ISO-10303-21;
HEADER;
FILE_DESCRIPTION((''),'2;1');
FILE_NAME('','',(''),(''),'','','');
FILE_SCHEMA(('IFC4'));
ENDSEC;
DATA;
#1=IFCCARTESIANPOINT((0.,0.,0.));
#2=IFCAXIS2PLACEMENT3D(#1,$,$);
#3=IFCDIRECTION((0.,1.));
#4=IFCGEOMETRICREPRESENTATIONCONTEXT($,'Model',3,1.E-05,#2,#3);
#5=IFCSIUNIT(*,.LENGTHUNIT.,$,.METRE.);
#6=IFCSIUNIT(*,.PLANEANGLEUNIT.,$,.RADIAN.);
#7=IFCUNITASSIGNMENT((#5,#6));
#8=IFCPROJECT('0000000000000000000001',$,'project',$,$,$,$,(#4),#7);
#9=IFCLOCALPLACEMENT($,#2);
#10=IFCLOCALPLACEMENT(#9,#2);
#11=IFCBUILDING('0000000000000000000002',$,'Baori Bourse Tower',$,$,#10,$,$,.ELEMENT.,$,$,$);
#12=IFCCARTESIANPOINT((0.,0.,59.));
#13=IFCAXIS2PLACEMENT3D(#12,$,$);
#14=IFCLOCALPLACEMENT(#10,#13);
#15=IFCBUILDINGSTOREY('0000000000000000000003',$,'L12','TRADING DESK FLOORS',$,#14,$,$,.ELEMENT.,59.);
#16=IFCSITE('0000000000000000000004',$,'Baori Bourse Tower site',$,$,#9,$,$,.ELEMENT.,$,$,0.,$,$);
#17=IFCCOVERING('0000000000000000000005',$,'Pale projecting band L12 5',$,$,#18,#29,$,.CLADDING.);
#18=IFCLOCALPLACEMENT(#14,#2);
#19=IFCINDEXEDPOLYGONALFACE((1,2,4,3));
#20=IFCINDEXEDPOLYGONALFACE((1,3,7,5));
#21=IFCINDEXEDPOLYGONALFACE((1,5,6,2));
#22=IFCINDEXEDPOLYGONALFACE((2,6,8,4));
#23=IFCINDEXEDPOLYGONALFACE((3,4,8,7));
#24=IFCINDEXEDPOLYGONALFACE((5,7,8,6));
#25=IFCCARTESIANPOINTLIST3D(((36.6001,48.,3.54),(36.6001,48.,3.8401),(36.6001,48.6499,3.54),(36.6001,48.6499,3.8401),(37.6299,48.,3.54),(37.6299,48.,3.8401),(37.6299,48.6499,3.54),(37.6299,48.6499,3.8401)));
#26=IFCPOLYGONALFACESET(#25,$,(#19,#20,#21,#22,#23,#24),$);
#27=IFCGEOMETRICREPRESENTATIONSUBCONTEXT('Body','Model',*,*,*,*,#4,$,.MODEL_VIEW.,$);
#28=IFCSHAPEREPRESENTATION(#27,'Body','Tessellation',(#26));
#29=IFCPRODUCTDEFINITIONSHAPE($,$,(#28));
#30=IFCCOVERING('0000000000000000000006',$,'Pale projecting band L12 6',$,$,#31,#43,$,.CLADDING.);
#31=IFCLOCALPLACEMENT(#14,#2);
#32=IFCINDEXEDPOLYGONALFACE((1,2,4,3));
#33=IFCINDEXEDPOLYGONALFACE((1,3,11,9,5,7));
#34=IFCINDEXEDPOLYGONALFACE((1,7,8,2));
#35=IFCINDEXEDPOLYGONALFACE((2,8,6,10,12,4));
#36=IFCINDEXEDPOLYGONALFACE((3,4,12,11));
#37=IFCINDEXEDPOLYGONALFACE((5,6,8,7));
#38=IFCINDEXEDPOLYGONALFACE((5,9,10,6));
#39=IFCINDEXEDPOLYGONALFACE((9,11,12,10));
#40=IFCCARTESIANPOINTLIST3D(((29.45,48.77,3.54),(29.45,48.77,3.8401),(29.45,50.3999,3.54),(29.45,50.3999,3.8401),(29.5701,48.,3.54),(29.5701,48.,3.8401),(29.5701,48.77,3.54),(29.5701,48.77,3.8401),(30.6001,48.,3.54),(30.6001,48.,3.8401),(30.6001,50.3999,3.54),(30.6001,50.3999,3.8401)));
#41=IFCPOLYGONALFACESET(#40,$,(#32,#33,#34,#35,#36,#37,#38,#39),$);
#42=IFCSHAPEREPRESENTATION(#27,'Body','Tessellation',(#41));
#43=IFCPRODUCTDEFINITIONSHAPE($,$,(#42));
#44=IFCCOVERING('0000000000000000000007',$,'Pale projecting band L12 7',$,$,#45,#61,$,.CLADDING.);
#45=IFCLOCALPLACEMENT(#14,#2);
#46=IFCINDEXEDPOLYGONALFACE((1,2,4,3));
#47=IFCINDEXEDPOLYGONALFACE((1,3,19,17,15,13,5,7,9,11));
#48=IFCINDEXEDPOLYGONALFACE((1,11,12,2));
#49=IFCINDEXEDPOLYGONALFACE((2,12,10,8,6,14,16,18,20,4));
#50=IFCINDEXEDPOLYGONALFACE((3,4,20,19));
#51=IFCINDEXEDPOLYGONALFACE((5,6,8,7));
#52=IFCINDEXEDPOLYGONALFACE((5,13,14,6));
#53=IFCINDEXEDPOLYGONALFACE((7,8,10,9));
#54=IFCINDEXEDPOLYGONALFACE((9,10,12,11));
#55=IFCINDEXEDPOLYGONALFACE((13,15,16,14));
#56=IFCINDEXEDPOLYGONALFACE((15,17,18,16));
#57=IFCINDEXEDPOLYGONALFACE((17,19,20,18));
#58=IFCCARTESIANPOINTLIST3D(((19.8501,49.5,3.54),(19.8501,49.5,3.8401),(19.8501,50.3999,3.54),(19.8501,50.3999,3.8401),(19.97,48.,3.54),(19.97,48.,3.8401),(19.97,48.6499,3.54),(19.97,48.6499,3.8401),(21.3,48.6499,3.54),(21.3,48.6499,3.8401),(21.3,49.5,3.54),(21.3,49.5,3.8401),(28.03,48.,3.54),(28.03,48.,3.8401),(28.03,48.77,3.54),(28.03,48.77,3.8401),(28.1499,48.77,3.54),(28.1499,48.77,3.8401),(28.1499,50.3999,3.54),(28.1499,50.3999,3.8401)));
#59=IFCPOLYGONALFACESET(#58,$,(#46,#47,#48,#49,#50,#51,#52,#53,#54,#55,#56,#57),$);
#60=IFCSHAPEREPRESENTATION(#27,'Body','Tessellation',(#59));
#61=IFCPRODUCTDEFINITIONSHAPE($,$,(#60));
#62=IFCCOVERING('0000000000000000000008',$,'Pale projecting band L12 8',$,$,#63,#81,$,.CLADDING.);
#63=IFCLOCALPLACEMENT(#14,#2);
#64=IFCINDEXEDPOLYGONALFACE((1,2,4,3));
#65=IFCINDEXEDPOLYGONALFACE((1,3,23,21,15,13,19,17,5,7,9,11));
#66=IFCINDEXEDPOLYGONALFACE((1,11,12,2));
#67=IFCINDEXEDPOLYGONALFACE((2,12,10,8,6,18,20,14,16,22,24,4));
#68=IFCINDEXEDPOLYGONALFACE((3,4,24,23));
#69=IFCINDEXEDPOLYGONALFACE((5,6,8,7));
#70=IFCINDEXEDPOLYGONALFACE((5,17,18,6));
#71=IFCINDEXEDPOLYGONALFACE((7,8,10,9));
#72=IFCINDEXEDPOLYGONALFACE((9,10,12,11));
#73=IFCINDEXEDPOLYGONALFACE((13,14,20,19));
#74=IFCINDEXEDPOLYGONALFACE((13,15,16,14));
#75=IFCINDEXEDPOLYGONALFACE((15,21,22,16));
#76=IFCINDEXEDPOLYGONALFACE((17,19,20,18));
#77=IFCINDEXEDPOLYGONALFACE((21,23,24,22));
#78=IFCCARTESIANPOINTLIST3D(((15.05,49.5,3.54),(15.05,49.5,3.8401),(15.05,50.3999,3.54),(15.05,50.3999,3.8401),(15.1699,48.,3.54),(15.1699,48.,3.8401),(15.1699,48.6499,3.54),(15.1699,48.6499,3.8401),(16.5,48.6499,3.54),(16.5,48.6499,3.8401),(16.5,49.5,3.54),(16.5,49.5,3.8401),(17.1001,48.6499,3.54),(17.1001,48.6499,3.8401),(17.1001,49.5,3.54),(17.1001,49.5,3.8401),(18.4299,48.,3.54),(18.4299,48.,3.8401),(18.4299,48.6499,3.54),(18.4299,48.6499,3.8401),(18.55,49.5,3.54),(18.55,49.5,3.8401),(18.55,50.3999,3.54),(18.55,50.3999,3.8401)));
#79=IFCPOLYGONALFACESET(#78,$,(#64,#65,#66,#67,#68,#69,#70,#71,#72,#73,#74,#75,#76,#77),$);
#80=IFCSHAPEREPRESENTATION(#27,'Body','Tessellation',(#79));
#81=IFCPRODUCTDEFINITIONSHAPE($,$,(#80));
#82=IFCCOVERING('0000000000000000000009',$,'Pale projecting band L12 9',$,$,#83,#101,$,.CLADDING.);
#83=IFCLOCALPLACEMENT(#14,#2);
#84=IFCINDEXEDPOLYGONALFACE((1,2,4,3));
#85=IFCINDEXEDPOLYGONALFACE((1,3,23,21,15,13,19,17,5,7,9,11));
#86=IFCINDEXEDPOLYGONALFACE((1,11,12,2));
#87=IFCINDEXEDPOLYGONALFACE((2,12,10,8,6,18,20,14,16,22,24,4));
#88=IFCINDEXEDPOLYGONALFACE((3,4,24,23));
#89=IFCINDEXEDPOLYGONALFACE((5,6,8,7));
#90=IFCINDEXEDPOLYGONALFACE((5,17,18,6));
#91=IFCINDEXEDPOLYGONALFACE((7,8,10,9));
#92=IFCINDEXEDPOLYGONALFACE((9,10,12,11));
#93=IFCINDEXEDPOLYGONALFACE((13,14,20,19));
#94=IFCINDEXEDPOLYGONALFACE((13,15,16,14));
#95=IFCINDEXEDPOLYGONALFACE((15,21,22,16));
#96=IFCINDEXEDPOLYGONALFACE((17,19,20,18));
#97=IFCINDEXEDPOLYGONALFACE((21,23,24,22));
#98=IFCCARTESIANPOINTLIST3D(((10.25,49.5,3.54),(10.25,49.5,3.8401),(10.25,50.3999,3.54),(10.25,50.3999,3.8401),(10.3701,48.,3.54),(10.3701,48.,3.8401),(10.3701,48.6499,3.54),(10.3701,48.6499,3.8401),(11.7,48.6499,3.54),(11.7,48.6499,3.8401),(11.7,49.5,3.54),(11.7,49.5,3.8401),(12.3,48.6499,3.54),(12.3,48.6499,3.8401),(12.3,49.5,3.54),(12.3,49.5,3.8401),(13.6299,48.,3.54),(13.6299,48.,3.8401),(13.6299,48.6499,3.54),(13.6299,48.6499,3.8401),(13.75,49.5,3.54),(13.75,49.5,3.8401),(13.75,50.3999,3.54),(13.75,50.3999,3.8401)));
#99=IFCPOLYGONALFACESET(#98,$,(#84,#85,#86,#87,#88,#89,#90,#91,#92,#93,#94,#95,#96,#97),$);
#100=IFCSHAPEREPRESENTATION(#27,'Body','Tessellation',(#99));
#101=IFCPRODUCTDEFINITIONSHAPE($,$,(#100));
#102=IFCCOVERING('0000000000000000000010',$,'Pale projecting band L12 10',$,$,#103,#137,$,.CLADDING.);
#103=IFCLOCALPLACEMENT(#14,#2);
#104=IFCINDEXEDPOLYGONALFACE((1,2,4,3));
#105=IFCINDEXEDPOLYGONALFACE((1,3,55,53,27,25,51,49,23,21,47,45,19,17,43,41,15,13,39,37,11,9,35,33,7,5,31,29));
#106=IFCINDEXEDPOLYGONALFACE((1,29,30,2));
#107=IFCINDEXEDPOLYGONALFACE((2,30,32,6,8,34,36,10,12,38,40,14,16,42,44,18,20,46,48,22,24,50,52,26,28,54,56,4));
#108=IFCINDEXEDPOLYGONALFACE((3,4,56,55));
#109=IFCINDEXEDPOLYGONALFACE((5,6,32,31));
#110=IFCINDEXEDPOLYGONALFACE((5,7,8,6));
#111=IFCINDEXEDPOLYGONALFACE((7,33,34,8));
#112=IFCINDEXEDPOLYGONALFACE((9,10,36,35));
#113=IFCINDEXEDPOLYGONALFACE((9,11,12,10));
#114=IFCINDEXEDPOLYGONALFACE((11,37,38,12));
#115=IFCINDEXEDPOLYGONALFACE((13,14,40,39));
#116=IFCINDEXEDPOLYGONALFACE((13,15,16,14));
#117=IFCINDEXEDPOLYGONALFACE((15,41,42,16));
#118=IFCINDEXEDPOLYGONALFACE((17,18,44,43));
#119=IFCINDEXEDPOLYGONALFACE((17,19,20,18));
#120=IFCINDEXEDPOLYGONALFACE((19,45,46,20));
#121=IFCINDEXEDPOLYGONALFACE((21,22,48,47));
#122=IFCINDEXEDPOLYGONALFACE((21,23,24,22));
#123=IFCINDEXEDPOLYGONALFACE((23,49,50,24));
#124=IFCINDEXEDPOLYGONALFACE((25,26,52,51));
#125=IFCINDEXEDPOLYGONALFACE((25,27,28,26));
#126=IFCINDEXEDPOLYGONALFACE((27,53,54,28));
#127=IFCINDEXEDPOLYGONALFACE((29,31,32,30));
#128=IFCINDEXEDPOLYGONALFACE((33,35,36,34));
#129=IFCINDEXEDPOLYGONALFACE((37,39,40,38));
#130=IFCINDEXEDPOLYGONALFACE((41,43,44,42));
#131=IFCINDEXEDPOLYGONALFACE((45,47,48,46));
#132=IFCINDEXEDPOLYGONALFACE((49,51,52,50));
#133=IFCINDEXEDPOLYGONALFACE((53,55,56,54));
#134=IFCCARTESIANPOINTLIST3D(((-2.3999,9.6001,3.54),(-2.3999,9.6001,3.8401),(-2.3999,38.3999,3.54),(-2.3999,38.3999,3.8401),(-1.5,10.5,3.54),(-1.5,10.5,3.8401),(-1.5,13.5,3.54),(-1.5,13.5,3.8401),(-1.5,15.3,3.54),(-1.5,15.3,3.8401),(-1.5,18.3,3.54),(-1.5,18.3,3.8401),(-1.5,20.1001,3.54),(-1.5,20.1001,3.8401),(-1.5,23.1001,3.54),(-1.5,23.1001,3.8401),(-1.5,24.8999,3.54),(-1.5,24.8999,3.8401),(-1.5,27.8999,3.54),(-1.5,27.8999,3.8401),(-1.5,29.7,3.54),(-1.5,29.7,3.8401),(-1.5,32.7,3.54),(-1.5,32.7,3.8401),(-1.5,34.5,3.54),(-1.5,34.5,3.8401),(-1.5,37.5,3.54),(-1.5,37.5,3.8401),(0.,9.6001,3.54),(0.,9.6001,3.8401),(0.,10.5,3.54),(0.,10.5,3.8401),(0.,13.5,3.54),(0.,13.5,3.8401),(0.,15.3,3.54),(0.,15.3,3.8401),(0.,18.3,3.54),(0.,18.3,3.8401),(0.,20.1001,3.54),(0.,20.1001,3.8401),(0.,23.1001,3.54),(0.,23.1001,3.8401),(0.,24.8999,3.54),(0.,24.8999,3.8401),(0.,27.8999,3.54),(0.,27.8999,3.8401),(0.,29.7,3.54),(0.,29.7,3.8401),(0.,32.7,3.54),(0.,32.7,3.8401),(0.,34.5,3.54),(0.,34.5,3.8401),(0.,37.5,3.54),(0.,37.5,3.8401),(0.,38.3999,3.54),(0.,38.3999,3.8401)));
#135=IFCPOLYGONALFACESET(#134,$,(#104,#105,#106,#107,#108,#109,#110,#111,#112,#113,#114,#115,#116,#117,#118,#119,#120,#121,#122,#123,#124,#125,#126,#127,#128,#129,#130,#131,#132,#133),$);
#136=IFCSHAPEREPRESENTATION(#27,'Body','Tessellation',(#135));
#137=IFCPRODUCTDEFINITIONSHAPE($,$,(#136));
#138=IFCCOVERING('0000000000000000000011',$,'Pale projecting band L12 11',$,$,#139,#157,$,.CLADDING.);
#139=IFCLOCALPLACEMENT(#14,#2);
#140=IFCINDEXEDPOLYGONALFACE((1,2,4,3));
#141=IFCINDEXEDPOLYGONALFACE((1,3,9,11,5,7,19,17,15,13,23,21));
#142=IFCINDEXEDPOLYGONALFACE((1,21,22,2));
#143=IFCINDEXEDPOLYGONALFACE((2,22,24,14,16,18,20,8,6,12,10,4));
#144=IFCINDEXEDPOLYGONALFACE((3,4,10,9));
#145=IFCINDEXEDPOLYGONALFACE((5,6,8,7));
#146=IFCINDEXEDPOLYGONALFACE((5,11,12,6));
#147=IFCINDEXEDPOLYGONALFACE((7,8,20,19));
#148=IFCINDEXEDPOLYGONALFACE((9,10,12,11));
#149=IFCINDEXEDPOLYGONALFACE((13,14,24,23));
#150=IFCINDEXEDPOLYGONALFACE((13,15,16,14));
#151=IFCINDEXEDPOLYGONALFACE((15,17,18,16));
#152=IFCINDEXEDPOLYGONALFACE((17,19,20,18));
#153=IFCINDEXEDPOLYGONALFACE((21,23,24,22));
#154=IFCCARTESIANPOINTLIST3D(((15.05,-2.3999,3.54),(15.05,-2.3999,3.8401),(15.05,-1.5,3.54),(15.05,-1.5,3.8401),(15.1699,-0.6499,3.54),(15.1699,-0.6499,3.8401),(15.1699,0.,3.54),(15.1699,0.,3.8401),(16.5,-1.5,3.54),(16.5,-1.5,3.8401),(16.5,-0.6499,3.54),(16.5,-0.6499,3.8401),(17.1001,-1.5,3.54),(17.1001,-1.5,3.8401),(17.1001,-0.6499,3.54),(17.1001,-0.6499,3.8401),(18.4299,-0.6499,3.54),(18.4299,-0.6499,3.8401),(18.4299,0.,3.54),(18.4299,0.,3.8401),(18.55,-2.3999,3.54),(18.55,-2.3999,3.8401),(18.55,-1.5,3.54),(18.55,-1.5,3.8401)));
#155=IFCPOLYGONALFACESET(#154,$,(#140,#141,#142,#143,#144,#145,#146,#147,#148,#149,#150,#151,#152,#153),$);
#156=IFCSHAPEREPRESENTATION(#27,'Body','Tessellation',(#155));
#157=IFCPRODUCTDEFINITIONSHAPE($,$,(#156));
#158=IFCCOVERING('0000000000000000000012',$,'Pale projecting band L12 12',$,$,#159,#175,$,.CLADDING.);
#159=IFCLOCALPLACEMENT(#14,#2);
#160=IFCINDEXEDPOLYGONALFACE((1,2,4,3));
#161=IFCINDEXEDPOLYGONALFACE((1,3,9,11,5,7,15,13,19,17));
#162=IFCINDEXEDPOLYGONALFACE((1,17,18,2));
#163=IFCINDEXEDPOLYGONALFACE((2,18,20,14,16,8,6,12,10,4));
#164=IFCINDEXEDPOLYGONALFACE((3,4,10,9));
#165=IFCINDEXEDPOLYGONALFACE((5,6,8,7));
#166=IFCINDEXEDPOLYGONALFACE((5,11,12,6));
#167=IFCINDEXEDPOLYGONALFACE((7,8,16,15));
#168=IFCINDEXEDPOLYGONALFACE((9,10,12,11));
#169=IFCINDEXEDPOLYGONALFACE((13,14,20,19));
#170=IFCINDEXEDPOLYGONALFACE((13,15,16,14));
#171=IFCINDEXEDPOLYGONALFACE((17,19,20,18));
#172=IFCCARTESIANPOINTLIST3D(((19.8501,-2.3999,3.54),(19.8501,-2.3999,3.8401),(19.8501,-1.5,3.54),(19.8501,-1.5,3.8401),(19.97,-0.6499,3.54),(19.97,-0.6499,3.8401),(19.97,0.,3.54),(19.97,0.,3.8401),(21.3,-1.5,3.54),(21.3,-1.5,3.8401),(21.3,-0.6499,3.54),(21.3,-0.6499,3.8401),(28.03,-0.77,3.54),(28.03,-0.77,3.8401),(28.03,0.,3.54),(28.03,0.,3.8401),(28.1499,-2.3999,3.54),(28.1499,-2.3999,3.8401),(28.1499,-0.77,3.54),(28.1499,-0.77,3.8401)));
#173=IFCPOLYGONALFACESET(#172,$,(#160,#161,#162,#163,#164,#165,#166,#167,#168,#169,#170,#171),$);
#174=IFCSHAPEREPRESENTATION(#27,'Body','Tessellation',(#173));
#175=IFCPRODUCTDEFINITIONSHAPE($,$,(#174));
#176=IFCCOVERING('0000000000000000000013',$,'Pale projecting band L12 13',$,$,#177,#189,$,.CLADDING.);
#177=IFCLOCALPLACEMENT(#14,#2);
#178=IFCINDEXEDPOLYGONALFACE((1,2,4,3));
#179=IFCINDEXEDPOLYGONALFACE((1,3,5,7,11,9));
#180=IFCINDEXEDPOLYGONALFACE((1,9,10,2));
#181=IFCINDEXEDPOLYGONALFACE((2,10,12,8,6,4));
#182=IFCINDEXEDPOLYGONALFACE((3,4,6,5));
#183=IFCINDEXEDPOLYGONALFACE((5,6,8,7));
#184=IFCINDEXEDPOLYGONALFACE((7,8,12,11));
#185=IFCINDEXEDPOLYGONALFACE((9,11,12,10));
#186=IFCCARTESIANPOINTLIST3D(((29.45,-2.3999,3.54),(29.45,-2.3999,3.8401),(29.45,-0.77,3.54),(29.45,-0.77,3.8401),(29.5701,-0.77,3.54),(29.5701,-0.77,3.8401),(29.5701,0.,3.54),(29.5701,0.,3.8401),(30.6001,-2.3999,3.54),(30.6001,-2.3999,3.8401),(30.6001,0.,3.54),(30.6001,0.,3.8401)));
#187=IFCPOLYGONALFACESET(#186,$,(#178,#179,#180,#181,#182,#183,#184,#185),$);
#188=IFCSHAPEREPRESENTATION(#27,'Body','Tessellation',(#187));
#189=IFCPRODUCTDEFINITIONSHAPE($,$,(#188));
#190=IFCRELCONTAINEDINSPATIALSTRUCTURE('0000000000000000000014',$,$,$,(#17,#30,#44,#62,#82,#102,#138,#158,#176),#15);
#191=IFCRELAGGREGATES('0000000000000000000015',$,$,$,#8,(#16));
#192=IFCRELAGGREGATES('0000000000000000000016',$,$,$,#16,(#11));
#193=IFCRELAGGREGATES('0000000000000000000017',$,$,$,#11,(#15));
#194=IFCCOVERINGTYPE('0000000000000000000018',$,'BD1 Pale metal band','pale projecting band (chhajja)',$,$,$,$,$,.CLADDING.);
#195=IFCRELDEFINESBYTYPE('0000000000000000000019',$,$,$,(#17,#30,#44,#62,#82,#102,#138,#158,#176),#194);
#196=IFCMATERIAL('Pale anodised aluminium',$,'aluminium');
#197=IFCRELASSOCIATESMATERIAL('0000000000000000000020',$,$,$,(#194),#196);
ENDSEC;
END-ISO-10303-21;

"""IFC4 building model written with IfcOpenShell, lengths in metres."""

from ifc_helpers import new_model, si_unit, direction, frame, origin, place, context, subcontext, project, spatial, polyline, outline, extrude, material, type_object, element, save


model = new_model("IFC4")

# Units and contexts
model_context = context("Model", 3, precision=1e-05, world=origin(), true_north=direction((0.0, 1.0)))
body_context = subcontext(model_context, "Body", "Model", "MODEL_VIEW")
ifc_project = project(units=[si_unit("LENGTHUNIT", "METRE"), si_unit("PLANEANGLEUNIT", "RADIAN")], contexts=[model_context])

# Site, building, storey
site_placement = place(None, origin())
site = spatial("IfcSite", under=ifc_project, at=site_placement, Name="Baori Bourse Tower site", CompositionType="ELEMENT", RefElevation=0.0)
building_placement = place(site_placement, origin())
building = spatial("IfcBuilding", under=site, at=building_placement, Name="Baori Bourse Tower", CompositionType="ELEMENT")
storey_placement = place(building_placement, frame((0.0, 0.0, 59.0)))
storey = spatial("IfcBuildingStorey", under=building, at=storey_placement, Name="L12", Description="TRADING DESK FLOORS", CompositionType="ELEMENT", Elevation=59.0)

# Coverings
ifc_material_1 = material(Name="Pale anodised aluminium", Category="aluminium")
covering_type_1 = type_object("IfcCoveringType", Name="BD1 Pale metal band", Description="pale projecting band (chhajja)", PredefinedType="CLADDING", material=ifc_material_1)
covering_1_placement = place(storey_placement, frame((0.0, 0.0, 3.54)))
element("IfcCovering", 1, at=covering_1_placement, inside=storey, type_object=covering_type_1, Name="Pale projecting band L12 5", PredefinedType="CLADDING", context=body_context, shape_type="SweptSolid", body=[
    extrude(outline(polyline([(36.6001, 48.0), (37.6299, 48.0), (37.6299, 48.6499), (36.6001, 48.6499), (36.6001, 48.0)])), origin(), (0.0, 0.0, 1.0), 0.3),
])
covering_2_placement = place(storey_placement, frame((0.0, 0.0, 3.54)))
element("IfcCovering", 2, at=covering_2_placement, inside=storey, type_object=covering_type_1, Name="Pale projecting band L12 6", PredefinedType="CLADDING", context=body_context, shape_type="SweptSolid", body=[
    extrude(outline(polyline([(29.5701, 48.0), (30.6001, 48.0), (30.6001, 50.3999), (29.45, 50.3999), (29.45, 48.77), (29.5701, 48.77), (29.5701, 48.0)])), origin(), (0.0, 0.0, 1.0), 0.3),
])
covering_3_placement = place(storey_placement, frame((0.0, 0.0, 3.54)))
element("IfcCovering", 3, at=covering_3_placement, inside=storey, type_object=covering_type_1, Name="Pale projecting band L12 7", PredefinedType="CLADDING", context=body_context, shape_type="SweptSolid", body=[
    extrude(outline(polyline([(19.97, 48.0), (28.03, 48.0), (28.03, 48.77), (28.1499, 48.77), (28.1499, 50.3999), (19.8501, 50.3999), (19.8501, 49.5), (21.3, 49.5), (21.3, 48.6499), (19.97, 48.6499), (19.97, 48.0)])), origin(), (0.0, 0.0, 1.0), 0.3),
])
covering_4_placement = place(storey_placement, frame((0.0, 0.0, 3.54)))
element("IfcCovering", 4, at=covering_4_placement, inside=storey, type_object=covering_type_1, Name="Pale projecting band L12 8", PredefinedType="CLADDING", context=body_context, shape_type="SweptSolid", body=[
    extrude(outline(polyline([(15.1699, 48.0), (18.4299, 48.0), (18.4299, 48.6499), (17.1001, 48.6499), (17.1001, 49.5), (18.55, 49.5), (18.55, 50.3999), (15.05, 50.3999), (15.05, 49.5), (16.5, 49.5), (16.5, 48.6499), (15.1699, 48.6499), (15.1699, 48.0)])), origin(), (0.0, 0.0, 1.0), 0.3),
])
covering_5_placement = place(storey_placement, frame((0.0, 0.0, 3.54)))
element("IfcCovering", 5, at=covering_5_placement, inside=storey, type_object=covering_type_1, Name="Pale projecting band L12 9", PredefinedType="CLADDING", context=body_context, shape_type="SweptSolid", body=[
    extrude(outline(polyline([(10.3701, 48.0), (13.6299, 48.0), (13.6299, 48.6499), (12.3, 48.6499), (12.3, 49.5), (13.75, 49.5), (13.75, 50.3999), (10.25, 50.3999), (10.25, 49.5), (11.7, 49.5), (11.7, 48.6499), (10.3701, 48.6499), (10.3701, 48.0)])), origin(), (0.0, 0.0, 1.0), 0.3),
])
covering_6_placement = place(storey_placement, frame((0.0, 0.0, 3.54)))
element("IfcCovering", 6, at=covering_6_placement, inside=storey, type_object=covering_type_1, Name="Pale projecting band L12 10", PredefinedType="CLADDING", context=body_context, shape_type="SweptSolid", body=[
    extrude(outline(polyline([(0.0, 37.5), (0.0, 38.3999), (-2.3999, 38.3999), (-2.3999, 9.6001), (0.0, 9.6001), (0.0, 10.5), (-1.5, 10.5), (-1.5, 13.5), (0.0, 13.5), (0.0, 15.3), (-1.5, 15.3), (-1.5, 18.3), (0.0, 18.3), (0.0, 20.1001), (-1.5, 20.1001), (-1.5, 23.1001), (0.0, 23.1001), (0.0, 24.8999), (-1.5, 24.8999), (-1.5, 27.8999), (0.0, 27.8999), (0.0, 29.7), (-1.5, 29.7), (-1.5, 32.7), (0.0, 32.7), (0.0, 34.5), (-1.5, 34.5), (-1.5, 37.5), (0.0, 37.5)])), origin(), (0.0, 0.0, 1.0), 0.3),
])
covering_7_placement = place(storey_placement, frame((0.0, 0.0, 3.54)))
element("IfcCovering", 7, at=covering_7_placement, inside=storey, type_object=covering_type_1, Name="Pale projecting band L12 11", PredefinedType="CLADDING", context=body_context, shape_type="SweptSolid", body=[
    extrude(outline(polyline([(18.4299, 0.0), (15.1699, 0.0), (15.1699, -0.6499), (16.5, -0.6499), (16.5, -1.5), (15.05, -1.5), (15.05, -2.3999), (18.55, -2.3999), (18.55, -1.5), (17.1001, -1.5), (17.1001, -0.6499), (18.4299, -0.6499), (18.4299, 0.0)])), origin(), (0.0, 0.0, 1.0), 0.3),
])
covering_8_placement = place(storey_placement, frame((0.0, 0.0, 3.54)))
element("IfcCovering", 8, at=covering_8_placement, inside=storey, type_object=covering_type_1, Name="Pale projecting band L12 12", PredefinedType="CLADDING", context=body_context, shape_type="SweptSolid", body=[
    extrude(outline(polyline([(28.03, 0.0), (19.97, 0.0), (19.97, -0.6499), (21.3, -0.6499), (21.3, -1.5), (19.8501, -1.5), (19.8501, -2.3999), (28.1499, -2.3999), (28.1499, -0.77), (28.03, -0.77), (28.03, 0.0)])), origin(), (0.0, 0.0, 1.0), 0.3),
])
covering_9_placement = place(storey_placement, frame((0.0, 0.0, 3.54)))
element("IfcCovering", 9, at=covering_9_placement, inside=storey, type_object=covering_type_1, Name="Pale projecting band L12 13", PredefinedType="CLADDING", context=body_context, shape_type="SweptSolid", body=[
    extrude(outline(polyline([(30.6001, 0.0), (29.5701, 0.0), (29.5701, -0.77), (29.45, -0.77), (29.45, -2.3999), (30.6001, -2.3999), (30.6001, 0.0)])), origin(), (0.0, 0.0, 1.0), 0.3),
])

save(model, "model.ifc")
